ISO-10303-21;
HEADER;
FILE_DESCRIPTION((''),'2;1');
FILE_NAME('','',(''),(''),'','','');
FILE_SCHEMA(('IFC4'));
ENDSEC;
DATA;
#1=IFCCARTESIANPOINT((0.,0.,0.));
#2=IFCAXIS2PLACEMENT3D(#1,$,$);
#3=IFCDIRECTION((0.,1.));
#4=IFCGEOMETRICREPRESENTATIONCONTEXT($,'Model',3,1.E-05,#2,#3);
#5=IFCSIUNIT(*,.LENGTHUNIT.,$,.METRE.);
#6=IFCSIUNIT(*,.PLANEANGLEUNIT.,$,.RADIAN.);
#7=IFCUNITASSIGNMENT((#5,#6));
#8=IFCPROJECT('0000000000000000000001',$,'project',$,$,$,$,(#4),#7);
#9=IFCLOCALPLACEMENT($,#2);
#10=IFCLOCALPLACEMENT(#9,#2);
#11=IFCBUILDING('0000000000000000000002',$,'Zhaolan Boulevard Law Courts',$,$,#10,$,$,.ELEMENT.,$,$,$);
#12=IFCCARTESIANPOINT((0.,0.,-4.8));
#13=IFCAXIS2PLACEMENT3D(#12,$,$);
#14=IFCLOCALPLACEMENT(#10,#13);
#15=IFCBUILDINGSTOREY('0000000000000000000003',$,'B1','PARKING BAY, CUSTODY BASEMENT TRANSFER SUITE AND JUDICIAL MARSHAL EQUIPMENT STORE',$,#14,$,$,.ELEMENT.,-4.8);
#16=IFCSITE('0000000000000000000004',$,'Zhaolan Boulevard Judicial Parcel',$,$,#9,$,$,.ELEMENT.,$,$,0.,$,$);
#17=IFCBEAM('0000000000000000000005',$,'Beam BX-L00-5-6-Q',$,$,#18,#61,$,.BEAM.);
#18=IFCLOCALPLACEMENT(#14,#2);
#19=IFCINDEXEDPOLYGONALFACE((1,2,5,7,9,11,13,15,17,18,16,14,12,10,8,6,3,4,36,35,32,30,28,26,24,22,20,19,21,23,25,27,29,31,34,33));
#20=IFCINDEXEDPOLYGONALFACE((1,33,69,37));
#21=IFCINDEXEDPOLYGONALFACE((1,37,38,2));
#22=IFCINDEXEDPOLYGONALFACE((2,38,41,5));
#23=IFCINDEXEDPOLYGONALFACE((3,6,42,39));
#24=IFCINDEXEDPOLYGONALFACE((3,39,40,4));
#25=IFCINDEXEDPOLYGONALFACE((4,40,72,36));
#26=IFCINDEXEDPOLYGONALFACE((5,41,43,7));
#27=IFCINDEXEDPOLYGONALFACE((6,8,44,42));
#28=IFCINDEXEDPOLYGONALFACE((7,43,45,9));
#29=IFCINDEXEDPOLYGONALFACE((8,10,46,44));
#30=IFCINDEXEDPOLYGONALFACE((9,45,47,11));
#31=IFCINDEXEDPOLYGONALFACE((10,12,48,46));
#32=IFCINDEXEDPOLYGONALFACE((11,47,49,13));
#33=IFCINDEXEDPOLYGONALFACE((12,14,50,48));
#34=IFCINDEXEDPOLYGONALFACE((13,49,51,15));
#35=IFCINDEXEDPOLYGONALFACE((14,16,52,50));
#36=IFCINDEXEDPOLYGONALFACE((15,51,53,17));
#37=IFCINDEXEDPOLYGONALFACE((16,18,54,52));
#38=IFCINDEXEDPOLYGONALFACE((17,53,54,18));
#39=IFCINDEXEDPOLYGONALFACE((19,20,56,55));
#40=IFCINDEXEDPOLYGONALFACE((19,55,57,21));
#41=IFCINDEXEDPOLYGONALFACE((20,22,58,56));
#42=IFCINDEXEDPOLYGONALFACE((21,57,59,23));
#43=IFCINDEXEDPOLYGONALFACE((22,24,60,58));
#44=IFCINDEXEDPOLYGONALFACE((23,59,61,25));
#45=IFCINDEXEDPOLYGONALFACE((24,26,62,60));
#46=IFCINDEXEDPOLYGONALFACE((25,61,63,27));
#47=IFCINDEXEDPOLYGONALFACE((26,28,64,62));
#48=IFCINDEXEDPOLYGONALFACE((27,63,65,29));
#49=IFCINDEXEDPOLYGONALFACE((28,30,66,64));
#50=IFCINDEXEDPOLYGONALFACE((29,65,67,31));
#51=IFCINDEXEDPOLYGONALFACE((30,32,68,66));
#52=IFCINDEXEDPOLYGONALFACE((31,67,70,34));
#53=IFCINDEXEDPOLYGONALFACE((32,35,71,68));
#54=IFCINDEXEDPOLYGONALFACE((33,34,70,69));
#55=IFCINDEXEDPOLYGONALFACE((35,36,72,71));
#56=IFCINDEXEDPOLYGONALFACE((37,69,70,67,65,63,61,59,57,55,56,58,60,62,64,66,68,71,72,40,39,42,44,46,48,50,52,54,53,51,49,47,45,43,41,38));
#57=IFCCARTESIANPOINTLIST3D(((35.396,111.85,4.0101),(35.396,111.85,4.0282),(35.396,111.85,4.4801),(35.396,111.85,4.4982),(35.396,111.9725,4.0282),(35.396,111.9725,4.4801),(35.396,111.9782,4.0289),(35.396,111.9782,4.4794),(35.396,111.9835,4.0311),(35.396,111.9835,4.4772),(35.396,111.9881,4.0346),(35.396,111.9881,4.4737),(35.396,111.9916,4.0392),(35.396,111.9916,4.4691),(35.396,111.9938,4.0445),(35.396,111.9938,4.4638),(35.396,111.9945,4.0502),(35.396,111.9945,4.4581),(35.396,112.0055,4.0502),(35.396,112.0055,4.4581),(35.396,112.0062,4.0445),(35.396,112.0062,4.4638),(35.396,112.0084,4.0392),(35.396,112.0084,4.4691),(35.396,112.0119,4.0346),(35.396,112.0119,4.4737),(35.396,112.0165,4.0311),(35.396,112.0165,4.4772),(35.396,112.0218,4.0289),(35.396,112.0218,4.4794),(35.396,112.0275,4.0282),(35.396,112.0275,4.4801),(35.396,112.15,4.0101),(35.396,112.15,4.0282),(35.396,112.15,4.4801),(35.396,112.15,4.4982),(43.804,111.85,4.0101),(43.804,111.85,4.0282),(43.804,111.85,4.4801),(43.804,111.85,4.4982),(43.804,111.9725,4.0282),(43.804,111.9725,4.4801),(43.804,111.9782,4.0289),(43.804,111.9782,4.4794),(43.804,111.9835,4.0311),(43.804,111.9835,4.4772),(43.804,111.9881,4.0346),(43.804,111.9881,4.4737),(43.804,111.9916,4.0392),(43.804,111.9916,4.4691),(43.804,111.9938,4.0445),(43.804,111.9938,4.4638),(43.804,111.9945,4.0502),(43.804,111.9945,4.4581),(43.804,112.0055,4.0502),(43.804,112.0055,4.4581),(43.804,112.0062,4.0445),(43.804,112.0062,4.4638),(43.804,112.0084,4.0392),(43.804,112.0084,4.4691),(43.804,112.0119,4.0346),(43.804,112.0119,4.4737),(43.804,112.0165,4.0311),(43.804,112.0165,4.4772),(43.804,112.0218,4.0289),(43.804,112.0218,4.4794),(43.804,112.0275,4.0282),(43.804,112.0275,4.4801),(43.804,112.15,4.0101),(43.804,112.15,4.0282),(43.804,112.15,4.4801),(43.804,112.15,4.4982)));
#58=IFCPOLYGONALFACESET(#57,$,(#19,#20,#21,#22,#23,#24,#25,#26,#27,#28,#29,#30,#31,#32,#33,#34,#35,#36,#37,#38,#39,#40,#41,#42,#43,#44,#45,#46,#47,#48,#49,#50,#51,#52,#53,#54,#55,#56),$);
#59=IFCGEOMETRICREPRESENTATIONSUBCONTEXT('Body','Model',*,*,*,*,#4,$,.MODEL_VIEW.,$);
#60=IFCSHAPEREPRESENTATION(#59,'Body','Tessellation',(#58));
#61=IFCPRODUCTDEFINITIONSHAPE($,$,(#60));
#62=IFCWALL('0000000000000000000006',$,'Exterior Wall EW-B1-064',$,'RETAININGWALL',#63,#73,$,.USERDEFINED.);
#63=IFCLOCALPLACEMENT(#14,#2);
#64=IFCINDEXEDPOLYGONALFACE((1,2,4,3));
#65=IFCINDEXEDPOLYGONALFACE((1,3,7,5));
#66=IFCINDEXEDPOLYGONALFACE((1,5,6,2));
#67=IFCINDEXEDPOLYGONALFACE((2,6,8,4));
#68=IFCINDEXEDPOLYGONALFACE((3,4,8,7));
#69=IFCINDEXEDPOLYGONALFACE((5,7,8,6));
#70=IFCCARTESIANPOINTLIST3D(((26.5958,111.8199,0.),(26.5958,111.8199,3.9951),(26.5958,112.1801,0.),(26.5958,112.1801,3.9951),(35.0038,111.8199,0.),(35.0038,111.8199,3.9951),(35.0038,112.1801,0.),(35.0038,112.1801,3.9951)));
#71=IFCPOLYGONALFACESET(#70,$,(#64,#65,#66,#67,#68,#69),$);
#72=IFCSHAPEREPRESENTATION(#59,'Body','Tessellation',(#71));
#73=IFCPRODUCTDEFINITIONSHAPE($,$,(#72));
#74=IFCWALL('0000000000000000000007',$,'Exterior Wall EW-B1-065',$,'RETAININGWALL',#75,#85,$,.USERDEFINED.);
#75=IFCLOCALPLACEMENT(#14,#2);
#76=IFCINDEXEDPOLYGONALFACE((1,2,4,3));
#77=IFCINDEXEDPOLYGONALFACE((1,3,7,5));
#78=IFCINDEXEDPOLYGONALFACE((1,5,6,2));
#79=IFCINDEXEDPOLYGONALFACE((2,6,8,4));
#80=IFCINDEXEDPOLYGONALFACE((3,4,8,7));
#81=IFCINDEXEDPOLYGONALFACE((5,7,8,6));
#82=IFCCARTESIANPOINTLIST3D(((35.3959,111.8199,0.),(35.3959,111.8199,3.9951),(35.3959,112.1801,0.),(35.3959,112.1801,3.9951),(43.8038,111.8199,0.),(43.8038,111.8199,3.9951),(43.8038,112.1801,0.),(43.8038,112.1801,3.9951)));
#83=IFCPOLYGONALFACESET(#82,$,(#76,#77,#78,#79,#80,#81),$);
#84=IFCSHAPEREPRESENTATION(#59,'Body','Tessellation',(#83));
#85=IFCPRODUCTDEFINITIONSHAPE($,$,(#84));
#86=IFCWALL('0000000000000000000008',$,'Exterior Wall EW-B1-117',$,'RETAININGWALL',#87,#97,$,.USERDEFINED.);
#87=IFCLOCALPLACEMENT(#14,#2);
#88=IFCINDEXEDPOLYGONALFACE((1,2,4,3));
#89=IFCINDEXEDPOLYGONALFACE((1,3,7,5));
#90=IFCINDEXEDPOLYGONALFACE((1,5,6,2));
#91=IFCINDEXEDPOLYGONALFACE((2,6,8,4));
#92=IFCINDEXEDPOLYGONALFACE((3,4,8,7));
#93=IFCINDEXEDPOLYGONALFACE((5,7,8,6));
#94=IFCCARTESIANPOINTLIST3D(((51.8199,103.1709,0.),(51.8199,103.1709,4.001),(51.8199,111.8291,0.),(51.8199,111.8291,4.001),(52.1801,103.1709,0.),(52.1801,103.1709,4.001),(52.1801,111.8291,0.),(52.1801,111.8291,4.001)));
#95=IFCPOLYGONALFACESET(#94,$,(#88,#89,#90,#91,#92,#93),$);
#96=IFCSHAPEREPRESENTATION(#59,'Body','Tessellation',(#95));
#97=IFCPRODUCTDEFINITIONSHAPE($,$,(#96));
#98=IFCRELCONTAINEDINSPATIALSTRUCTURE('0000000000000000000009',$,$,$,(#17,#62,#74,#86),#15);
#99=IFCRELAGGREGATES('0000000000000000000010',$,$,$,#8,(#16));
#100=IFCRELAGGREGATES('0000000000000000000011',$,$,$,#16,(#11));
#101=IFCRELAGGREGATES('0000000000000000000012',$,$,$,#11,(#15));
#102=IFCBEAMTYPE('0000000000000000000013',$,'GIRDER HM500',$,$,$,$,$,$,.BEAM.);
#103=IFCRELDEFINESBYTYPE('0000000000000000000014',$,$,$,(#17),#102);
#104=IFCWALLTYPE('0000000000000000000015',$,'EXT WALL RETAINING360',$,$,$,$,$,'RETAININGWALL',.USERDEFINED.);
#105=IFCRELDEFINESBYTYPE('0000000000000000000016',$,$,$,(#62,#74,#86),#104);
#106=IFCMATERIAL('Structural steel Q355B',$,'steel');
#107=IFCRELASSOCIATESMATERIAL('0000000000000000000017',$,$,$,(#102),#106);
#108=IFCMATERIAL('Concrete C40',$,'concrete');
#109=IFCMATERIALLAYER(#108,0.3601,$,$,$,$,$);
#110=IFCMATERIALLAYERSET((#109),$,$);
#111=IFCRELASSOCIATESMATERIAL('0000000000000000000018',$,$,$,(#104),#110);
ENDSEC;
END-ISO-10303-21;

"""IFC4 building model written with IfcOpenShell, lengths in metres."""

from ifc_helpers import new_model, si_unit, direction, frame, frame_2d, origin, origin_2d, place, context, subcontext, project, spatial, rectangle, i_section, extrude, material, layer, layer_set, material_profile, profile_set, type_object, element, save


model = new_model("IFC4")

# Units and contexts
model_context = context("Model", 3, precision=1e-05, world=origin(), true_north=direction((0.0, 1.0)))
body_context = subcontext(model_context, "Body", "Model", "MODEL_VIEW")
ifc_project = project(units=[si_unit("LENGTHUNIT", "METRE"), si_unit("PLANEANGLEUNIT", "RADIAN")], contexts=[model_context])

# Site, building, storey
site_placement = place(None, origin())
site = spatial("IfcSite", under=ifc_project, at=site_placement, Name="Zhaolan Boulevard Judicial Parcel", CompositionType="ELEMENT", RefElevation=0.0)
building_placement = place(site_placement, origin())
building = spatial("IfcBuilding", under=site, at=building_placement, Name="Zhaolan Boulevard Law Courts", CompositionType="ELEMENT")
storey_placement = place(building_placement, frame((0.0, 0.0, -4.8)))
storey = spatial("IfcBuildingStorey", under=building, at=storey_placement, Name="B1", Description="PARKING BAY, CUSTODY BASEMENT TRANSFER SUITE AND JUDICIAL MARSHAL EQUIPMENT STORE", CompositionType="ELEMENT", Elevation=-4.8)

# Beam
ifc_material_1 = material(Name="Structural steel Q355B", Category="steel")
ifc_material_profile_1 = material_profile(ifc_material_1, i_section(OverallWidth=0.3, OverallDepth=0.488, WebThickness=0.011, FlangeThickness=0.0181, FilletRadius=0.022, at=origin_2d()), Name="HM488x300")
ifc_profile_set_1 = profile_set([ifc_material_profile_1], Name="Structural steel Q355B")
beam_type_1 = type_object("IfcBeamType", Name="GIRDER HM500", PredefinedType="BEAM", material=ifc_profile_set_1)
beam_1_placement = place(storey_placement, frame((35.396, 112.0, 4.2542), z_axis=(1.0, 0.0, 0.0), x_axis=(0.0, 1.0, 0.0)))
element("IfcBeam", 1, at=beam_1_placement, inside=storey, type_object=beam_type_1, Name="Beam BX-L00-5-6-Q", PredefinedType="BEAM", context=body_context, shape_type="SweptSolid", body=[
    extrude(i_section(OverallWidth=0.3, OverallDepth=0.488, WebThickness=0.011, FlangeThickness=0.0181, FilletRadius=0.022, at=origin_2d()), origin(), (0.0, 0.0, 1.0), 8.408),
])

# Walls
ifc_material_2 = material(Name="Concrete C40", Category="concrete")
ifc_layer = layer(ifc_material_2, 0.3601)
ifc_layer_set = layer_set([ifc_layer])
wall_type = type_object("IfcWallType", Name="EXT WALL RETAINING360", ElementType="RETAININGWALL", PredefinedType="USERDEFINED", material=ifc_layer_set)
for number, where, z_axis, x_axis, name in (
    (2, (35.0039, 112.0, 0.0), (0.0, 0.0, 1.0), (-1.0, 0.0, 0.0), "Exterior Wall EW-B1-064"),
    (3, (43.804, 112.0, 0.0), (0.0, 0.0, 1.0), (-1.0, 0.0, 0.0), "Exterior Wall EW-B1-065"),
):
    element("IfcWall", number, at=place(storey_placement, frame(where, z_axis=z_axis, x_axis=x_axis)), inside=storey, type_object=wall_type, Name=name, ObjectType="RETAININGWALL", PredefinedType="USERDEFINED", context=body_context, shape_type="SweptSolid", body=[
        extrude(rectangle(XDim=8.408, YDim=0.3601, at=frame_2d((4.2041, 0.0))), origin(), (0.0, 0.0, 1.0), 3.9951),
    ])
wall_placement = place(storey_placement, frame((52.0, 111.8291, 0.0), z_axis=(0.0, 0.0, 1.0), x_axis=(0.0, -1.0, 0.0)))
element("IfcWall", 4, at=wall_placement, inside=storey, type_object=wall_type, Name="Exterior Wall EW-B1-117", ObjectType="RETAININGWALL", PredefinedType="USERDEFINED", context=body_context, shape_type="SweptSolid", body=[
    extrude(rectangle(XDim=8.6582, YDim=0.3601, at=frame_2d((4.3291, 0.0))), origin(), (0.0, 0.0, 1.0), 4.001),
])

save(model, "model.ifc")
